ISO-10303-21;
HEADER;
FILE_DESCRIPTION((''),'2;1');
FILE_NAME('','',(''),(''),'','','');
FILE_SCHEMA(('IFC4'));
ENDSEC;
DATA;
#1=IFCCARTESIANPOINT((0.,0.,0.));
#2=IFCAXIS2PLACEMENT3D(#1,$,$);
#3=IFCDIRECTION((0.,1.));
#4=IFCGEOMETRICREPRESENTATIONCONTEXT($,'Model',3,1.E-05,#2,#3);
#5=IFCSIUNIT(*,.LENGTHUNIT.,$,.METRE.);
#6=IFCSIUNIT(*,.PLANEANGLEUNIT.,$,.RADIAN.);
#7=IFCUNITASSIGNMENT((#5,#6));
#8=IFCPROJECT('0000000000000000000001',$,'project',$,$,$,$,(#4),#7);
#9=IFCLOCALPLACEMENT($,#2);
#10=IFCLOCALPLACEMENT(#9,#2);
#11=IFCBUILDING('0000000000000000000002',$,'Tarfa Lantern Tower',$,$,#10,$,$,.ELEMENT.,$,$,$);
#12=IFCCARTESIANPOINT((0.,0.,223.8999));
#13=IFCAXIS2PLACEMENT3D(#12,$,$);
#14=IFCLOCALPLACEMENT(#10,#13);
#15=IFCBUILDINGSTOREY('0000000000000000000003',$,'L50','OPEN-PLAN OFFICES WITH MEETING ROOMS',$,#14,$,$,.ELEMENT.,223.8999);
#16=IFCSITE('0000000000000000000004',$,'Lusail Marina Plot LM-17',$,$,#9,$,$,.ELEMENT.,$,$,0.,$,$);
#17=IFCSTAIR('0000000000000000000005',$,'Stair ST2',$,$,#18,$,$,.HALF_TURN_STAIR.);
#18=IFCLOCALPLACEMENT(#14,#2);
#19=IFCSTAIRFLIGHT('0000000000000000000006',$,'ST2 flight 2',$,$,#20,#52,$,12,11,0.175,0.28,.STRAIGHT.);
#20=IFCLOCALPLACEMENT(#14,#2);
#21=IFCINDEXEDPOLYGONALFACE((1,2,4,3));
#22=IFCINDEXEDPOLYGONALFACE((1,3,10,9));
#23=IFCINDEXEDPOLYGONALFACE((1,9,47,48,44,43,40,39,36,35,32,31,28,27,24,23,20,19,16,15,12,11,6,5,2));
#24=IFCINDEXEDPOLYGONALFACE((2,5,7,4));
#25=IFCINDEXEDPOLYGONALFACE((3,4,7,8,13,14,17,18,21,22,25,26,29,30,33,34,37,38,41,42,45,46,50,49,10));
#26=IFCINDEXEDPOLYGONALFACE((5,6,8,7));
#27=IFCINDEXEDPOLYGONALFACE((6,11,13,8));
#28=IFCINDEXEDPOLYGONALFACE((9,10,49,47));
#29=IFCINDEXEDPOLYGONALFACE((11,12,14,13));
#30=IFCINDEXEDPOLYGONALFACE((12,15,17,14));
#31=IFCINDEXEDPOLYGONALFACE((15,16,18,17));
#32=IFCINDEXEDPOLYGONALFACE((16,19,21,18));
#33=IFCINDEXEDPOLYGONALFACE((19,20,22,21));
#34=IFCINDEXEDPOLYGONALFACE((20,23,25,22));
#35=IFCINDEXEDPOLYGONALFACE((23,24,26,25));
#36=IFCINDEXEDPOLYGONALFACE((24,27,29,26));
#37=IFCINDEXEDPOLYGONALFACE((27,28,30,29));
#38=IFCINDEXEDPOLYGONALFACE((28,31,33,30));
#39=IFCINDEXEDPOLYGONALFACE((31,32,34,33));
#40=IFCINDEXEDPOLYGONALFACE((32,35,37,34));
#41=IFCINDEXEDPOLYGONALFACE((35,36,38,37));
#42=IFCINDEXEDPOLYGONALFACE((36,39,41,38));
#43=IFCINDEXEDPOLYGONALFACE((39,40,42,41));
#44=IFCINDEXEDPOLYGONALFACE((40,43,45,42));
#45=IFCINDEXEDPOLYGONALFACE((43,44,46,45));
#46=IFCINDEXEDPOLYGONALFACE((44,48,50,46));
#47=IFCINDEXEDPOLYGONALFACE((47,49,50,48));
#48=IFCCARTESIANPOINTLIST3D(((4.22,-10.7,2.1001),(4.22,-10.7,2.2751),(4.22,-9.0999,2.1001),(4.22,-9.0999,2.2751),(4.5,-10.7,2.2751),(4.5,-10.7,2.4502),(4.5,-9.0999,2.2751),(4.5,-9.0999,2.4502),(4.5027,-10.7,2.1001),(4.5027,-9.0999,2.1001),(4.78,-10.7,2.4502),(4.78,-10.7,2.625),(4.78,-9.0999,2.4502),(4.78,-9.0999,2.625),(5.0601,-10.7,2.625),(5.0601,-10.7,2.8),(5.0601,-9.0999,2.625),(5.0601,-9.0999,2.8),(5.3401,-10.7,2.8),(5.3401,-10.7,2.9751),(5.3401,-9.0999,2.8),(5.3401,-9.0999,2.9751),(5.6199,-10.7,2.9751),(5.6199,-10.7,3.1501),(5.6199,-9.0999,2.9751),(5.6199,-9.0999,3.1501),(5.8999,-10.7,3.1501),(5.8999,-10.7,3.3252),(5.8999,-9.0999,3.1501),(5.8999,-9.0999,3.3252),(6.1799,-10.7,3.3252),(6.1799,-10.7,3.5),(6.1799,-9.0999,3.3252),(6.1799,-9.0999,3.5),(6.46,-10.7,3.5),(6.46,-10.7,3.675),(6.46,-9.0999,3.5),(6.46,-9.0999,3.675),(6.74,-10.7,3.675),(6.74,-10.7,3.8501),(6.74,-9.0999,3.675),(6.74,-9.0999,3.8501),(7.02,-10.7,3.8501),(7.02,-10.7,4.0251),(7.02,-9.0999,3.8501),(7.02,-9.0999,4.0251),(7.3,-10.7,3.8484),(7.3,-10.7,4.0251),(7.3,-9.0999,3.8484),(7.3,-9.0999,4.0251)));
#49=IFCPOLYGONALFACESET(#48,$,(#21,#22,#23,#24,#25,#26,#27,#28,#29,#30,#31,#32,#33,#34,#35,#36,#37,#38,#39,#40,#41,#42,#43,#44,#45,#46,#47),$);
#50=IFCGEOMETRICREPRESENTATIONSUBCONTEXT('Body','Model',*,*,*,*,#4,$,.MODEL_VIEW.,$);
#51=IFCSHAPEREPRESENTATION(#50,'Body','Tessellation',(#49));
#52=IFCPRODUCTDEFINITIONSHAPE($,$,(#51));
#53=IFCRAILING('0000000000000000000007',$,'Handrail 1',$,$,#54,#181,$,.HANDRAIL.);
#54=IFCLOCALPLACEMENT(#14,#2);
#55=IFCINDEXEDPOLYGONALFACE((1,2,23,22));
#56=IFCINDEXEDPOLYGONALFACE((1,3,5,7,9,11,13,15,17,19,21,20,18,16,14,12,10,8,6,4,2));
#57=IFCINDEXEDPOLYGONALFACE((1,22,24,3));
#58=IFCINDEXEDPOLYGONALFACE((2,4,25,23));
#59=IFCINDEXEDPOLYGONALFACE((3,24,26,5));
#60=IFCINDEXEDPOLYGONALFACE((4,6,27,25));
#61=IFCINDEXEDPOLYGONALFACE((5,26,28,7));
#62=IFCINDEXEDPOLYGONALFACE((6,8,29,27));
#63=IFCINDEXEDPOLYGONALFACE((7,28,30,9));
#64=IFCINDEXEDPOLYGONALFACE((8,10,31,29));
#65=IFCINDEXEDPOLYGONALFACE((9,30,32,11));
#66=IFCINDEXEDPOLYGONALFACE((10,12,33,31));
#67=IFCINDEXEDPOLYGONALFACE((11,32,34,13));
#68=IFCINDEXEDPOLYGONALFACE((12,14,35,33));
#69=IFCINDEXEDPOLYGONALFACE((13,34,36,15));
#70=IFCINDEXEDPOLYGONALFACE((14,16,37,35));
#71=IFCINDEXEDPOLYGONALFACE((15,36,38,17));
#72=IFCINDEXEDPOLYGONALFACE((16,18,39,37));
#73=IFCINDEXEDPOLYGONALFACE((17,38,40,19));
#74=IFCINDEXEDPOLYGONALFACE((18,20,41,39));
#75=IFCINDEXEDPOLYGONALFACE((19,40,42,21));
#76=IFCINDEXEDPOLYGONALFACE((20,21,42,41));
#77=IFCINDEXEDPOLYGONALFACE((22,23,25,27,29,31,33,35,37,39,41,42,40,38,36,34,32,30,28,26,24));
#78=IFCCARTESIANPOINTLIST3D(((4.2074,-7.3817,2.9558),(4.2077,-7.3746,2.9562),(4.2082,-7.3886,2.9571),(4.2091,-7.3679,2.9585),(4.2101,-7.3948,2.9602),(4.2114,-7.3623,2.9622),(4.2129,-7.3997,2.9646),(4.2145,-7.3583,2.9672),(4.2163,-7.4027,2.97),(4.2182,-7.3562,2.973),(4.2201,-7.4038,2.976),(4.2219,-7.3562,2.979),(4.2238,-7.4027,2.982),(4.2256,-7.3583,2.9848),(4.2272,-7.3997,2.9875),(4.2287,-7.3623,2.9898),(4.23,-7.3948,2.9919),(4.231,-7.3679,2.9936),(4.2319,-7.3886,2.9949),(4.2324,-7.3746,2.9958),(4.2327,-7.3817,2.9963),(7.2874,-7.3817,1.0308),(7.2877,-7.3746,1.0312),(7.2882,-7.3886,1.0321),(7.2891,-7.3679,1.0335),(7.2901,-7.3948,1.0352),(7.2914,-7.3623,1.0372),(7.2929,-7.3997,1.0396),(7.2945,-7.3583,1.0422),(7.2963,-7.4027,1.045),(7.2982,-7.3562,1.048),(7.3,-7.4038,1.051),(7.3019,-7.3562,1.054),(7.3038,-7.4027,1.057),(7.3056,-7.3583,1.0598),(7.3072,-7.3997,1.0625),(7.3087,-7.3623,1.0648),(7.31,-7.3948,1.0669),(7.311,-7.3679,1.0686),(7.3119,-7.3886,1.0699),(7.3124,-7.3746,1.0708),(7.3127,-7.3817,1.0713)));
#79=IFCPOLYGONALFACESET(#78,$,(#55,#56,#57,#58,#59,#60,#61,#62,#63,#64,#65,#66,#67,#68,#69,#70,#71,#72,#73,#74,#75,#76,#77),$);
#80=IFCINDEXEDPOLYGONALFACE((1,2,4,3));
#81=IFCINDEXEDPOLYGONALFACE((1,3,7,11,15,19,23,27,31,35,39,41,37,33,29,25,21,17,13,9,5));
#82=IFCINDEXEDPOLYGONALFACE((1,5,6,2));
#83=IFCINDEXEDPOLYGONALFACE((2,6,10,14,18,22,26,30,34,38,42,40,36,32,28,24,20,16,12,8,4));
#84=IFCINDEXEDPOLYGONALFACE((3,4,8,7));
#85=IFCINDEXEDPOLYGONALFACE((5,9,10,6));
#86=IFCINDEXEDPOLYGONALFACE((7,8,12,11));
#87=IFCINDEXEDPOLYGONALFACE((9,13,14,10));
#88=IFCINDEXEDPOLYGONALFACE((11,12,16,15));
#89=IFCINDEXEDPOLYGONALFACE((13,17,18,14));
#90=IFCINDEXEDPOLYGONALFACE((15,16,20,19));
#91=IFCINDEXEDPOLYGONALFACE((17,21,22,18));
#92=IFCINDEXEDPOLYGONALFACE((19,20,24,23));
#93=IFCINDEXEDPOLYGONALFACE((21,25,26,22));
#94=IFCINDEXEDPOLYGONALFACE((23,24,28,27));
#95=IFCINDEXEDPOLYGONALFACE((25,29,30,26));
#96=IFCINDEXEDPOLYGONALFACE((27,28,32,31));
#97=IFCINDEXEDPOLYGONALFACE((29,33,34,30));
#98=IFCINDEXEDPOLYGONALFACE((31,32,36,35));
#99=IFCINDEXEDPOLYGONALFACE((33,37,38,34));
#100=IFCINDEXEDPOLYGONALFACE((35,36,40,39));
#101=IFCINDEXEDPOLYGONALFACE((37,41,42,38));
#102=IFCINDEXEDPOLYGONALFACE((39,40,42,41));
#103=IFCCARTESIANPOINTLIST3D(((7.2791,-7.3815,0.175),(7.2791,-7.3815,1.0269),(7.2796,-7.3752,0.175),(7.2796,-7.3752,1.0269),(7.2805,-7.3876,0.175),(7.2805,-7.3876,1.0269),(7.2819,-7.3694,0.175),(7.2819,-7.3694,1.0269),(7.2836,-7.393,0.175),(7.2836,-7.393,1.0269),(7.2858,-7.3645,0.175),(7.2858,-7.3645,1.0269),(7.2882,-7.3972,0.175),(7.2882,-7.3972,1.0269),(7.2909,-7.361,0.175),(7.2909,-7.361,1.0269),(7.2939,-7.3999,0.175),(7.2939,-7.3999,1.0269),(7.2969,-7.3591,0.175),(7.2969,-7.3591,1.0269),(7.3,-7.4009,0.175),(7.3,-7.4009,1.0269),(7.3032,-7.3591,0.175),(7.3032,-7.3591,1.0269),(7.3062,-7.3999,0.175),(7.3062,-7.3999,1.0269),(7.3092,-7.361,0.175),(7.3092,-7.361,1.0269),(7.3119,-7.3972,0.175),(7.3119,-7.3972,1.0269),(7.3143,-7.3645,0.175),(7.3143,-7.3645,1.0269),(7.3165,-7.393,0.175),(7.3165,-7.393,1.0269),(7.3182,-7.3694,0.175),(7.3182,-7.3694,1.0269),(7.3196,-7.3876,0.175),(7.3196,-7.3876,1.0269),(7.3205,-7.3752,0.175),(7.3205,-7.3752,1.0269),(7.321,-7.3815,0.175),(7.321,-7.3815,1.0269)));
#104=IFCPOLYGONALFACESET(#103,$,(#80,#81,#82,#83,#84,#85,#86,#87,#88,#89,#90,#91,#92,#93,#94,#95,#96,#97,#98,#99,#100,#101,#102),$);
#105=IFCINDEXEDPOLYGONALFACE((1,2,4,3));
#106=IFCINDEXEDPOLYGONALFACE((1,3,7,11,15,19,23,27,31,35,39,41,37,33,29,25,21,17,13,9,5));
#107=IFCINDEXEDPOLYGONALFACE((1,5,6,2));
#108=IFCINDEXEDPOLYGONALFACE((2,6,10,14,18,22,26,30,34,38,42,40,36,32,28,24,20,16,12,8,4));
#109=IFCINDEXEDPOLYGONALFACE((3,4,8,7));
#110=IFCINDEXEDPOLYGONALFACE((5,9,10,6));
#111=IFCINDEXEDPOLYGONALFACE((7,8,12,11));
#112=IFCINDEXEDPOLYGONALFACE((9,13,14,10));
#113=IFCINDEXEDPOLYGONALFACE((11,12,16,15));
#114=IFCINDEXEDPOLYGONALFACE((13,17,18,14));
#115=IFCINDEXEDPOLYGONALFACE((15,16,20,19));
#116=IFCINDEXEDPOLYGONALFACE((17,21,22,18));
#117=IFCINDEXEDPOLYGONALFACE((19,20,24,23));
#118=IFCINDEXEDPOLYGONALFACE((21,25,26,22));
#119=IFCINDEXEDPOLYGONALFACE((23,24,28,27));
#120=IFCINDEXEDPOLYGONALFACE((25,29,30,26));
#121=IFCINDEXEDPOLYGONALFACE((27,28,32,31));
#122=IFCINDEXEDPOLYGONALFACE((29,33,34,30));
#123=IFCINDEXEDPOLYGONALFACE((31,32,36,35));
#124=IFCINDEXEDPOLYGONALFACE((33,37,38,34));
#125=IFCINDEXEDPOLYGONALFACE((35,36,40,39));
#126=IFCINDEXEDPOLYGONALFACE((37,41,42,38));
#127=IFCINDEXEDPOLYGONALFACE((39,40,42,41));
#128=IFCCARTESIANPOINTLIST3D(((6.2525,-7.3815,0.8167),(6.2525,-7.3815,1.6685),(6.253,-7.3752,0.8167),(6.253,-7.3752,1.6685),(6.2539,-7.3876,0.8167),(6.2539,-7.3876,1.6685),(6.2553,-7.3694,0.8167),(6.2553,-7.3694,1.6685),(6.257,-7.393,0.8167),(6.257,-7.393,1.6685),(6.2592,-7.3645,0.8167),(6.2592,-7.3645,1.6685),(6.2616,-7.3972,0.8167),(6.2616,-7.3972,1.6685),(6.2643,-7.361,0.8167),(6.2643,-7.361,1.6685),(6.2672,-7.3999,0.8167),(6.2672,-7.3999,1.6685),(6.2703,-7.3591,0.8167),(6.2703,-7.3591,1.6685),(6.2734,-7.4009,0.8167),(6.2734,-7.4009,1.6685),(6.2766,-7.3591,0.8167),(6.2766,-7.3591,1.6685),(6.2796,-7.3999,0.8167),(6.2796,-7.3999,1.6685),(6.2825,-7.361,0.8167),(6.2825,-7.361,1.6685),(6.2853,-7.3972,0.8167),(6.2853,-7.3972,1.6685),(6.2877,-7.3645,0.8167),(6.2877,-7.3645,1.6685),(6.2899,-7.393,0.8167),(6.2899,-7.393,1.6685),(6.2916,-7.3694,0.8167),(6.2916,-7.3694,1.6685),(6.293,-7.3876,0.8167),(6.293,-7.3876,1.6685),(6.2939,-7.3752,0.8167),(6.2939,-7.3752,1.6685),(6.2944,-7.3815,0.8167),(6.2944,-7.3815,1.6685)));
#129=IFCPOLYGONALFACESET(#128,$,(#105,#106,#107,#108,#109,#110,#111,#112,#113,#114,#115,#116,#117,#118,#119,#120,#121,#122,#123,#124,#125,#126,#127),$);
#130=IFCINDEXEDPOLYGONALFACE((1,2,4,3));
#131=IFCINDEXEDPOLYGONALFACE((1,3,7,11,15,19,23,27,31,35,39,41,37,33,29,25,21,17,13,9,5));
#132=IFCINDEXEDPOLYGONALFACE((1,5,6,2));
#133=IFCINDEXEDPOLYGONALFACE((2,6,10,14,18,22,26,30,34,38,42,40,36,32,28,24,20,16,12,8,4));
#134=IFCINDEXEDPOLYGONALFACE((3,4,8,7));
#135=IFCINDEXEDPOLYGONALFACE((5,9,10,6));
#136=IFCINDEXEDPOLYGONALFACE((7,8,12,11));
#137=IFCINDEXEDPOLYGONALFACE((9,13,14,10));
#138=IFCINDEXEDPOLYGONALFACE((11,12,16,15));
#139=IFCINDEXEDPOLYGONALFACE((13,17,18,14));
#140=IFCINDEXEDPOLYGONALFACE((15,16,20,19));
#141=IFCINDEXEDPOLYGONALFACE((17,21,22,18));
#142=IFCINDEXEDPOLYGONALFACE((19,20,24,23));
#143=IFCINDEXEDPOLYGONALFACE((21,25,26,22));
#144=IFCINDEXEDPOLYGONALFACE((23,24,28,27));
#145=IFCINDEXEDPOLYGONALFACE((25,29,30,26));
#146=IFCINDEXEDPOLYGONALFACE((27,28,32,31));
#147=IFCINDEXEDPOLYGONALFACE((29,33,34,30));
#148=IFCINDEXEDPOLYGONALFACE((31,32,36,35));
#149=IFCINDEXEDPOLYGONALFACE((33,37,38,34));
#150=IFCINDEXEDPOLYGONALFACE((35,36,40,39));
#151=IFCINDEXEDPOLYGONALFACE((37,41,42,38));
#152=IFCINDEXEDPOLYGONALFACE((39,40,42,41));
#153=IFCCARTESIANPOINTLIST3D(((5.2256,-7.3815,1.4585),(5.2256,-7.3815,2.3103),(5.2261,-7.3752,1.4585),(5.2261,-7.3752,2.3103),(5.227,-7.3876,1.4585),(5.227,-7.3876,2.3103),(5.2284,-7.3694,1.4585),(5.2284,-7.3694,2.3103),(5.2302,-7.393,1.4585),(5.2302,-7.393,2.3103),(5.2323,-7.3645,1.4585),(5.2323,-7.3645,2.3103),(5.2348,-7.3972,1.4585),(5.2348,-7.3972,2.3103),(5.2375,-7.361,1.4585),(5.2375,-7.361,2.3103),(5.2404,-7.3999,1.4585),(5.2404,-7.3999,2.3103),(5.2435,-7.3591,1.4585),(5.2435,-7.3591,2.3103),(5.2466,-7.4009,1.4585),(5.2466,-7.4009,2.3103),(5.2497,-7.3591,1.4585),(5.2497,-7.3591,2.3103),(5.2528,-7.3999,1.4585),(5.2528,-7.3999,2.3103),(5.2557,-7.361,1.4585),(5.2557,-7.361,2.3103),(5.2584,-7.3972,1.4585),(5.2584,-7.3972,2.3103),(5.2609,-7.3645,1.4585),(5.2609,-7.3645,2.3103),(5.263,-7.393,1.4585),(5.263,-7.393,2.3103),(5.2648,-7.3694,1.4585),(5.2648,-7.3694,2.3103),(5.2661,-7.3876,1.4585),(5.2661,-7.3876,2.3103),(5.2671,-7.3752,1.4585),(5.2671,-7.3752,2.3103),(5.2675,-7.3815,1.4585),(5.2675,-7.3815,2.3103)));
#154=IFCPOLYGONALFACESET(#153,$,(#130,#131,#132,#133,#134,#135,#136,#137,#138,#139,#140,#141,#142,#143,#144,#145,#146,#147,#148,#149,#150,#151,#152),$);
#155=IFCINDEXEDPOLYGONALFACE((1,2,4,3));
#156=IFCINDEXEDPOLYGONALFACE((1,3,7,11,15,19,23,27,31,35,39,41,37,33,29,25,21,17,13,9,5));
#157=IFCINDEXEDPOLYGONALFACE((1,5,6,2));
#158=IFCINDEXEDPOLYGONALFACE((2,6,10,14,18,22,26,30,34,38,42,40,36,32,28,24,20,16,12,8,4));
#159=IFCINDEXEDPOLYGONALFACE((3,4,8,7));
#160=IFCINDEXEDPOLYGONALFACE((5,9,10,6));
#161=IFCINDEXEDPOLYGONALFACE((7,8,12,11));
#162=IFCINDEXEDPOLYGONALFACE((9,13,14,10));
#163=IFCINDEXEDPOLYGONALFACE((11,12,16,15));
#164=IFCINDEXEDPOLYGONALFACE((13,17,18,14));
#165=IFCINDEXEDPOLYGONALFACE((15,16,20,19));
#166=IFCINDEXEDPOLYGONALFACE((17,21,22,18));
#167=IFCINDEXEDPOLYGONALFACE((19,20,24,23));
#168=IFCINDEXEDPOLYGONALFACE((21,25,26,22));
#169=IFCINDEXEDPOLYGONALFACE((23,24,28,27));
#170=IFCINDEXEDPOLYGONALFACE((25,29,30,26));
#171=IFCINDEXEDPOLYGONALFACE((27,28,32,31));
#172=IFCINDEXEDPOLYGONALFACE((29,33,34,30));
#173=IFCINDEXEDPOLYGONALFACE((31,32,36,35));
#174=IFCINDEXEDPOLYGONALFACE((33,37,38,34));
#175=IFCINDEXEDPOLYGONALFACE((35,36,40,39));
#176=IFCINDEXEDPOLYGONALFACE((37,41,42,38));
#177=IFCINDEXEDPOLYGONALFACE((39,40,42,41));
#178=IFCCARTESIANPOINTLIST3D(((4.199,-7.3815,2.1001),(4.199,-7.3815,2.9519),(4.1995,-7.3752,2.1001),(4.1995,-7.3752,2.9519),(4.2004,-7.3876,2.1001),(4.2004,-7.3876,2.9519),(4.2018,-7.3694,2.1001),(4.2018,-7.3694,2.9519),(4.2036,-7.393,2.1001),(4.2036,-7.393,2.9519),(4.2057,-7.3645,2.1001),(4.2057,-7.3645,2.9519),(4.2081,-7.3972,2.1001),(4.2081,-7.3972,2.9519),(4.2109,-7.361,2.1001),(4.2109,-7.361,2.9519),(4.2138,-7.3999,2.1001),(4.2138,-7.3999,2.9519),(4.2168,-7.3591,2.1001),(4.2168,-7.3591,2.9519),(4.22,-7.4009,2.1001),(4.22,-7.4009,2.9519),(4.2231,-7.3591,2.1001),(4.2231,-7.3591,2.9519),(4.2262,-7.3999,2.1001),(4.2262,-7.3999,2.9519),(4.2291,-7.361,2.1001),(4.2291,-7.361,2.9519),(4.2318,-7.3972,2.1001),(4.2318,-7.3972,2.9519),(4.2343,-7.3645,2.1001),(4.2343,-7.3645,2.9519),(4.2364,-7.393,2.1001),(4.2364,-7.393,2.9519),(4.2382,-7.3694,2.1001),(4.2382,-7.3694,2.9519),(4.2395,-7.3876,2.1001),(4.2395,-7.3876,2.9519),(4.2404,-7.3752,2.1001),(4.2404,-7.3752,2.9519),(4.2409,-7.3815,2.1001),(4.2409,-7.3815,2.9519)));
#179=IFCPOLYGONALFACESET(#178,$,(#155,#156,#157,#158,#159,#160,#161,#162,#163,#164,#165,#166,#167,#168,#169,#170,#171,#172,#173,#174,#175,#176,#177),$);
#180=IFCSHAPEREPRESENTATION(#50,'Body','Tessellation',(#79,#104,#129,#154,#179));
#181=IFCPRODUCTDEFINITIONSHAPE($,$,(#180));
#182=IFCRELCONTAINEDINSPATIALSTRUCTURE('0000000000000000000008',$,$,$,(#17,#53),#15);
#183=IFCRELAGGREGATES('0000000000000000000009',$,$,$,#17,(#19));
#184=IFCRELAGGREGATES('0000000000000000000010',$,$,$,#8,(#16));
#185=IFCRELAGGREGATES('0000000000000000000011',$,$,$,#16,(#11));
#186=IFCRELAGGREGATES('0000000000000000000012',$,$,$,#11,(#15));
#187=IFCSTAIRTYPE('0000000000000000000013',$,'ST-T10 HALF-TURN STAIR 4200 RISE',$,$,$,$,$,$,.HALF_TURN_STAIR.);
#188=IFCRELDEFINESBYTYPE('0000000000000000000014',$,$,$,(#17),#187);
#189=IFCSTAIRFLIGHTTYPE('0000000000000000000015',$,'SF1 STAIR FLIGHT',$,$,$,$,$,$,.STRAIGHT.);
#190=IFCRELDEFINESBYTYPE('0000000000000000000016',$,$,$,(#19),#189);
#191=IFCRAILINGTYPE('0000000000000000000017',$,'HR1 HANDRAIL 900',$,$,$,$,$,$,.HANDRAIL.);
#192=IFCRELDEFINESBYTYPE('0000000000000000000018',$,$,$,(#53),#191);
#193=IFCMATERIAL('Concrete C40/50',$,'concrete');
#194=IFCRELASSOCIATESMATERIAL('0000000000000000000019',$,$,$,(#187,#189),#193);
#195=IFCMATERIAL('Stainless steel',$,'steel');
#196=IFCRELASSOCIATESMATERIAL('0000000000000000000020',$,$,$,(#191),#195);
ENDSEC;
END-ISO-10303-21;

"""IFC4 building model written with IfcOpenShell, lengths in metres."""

from ifc_helpers import new_model, si_unit, direction, frame, origin, origin_2d, place, context, subcontext, project, spatial, polyline, circle, outline, extrude, material, type_object, element, aggregate, save


model = new_model("IFC4")

# Units and contexts
model_context = context("Model", 3, precision=1e-05, world=origin(), true_north=direction((0.0, 1.0)))
body_context = subcontext(model_context, "Body", "Model", "MODEL_VIEW")
ifc_project = project(units=[si_unit("LENGTHUNIT", "METRE"), si_unit("PLANEANGLEUNIT", "RADIAN")], contexts=[model_context])

# Site, building, storey
site_placement = place(None, origin())
site = spatial("IfcSite", under=ifc_project, at=site_placement, Name="Lusail Marina Plot LM-17", CompositionType="ELEMENT", RefElevation=0.0)
building_placement = place(site_placement, origin())
building = spatial("IfcBuilding", under=site, at=building_placement, Name="Tarfa Lantern Tower", CompositionType="ELEMENT")
storey_placement = place(building_placement, frame((0.0, 0.0, 223.8999)))
storey = spatial("IfcBuildingStorey", under=building, at=storey_placement, Name="L50", Description="OPEN-PLAN OFFICES WITH MEETING ROOMS", CompositionType="ELEMENT", Elevation=223.8999)

# Stair, stair flight
ifc_material_1 = material(Name="Concrete C40/50", Category="concrete")
stair_type = type_object("IfcStairType", Name="ST-T10 HALF-TURN STAIR 4200 RISE", PredefinedType="HALF_TURN_STAIR", material=ifc_material_1)
stair_placement = place(storey_placement, origin())
stair = element("IfcStair", 1, at=stair_placement, inside=storey, type_object=stair_type, Name="Stair ST2", PredefinedType="HALF_TURN_STAIR")
stair_flight_type = type_object("IfcStairFlightType", Name="SF1 STAIR FLIGHT", PredefinedType="STRAIGHT", material=ifc_material_1)
stair_flight_1_placement = place(storey_placement, frame((4.22, -9.8999, 2.1001), z_axis=(0.0, 0.0, 1.0), x_axis=(1.0, 0.0, 0.0)))
stair_flight_1 = element("IfcStairFlight", 2, at=stair_flight_1_placement, type_object=stair_flight_type, Name="ST2 flight 2", NumberOfRisers=12, NumberOfTreads=11, PredefinedType="STRAIGHT", RiserHeight=0.175, TreadLength=0.28, context=body_context, shape_type="SweptSolid", body=[
    extrude(outline(polyline([(0.0, 0.0), (0.0, 0.175), (0.28, 0.175), (0.28, 0.3501), (0.5601, 0.3501), (0.5601, 0.5249), (0.8401, 0.5249), (0.8401, 0.7), (1.1201, 0.7), (1.1201, 0.875), (1.3999, 0.875), (1.3999, 1.05), (1.6799, 1.05), (1.6799, 1.2251), (1.96, 1.2251), (1.96, 1.3999), (2.24, 1.3999), (2.24, 1.575), (2.52, 1.575), (2.52, 1.75), (2.8, 1.75), (2.8, 1.925), (3.0801, 1.925), (3.0801, 2.1001), (3.0801, 1.7483), (0.2827, 0.0), (0.0, 0.0)])), frame((0.0, 0.8, 0.0), z_axis=(0.0, -1.0, 0.0), x_axis=(1.0, 0.0, 0.0)), (0.0, 0.0, 1.0), 1.6001),
])
aggregate(stair, [stair_flight_1])

# Railing
ifc_material_2 = material(Name="Stainless steel", Category="steel")
railing_type = type_object("IfcRailingType", Name="HR1 HANDRAIL 900", PredefinedType="HANDRAIL", material=ifc_material_2)
railing_1_placement = place(storey_placement, frame((7.3, -7.3799, 0.175)))
element("IfcRailing", 3, at=railing_1_placement, inside=storey, type_object=railing_type, Name="Handrail 1", PredefinedType="HANDRAIL", context=body_context, shape_type="SweptSolid", body=[
    extrude(circle(Radius=0.0239, at=origin_2d()), frame((0.0, 0.0, 0.876), z_axis=(-0.847998, 0.0, 0.529999), x_axis=(0.0, -1.0, 0.0)), (0.0, 0.0, 1.0), 3.6321),
    extrude(circle(Radius=0.021, at=origin_2d()), frame((0.0, 0.0, 0.0), z_axis=(0.0, 0.0, 1.0), x_axis=(0.0, -1.0, 0.0)), (0.0, 0.0, 1.0), 0.8518),
    extrude(circle(Radius=0.021, at=origin_2d()), frame((-1.0266, 0.0, 0.6416), z_axis=(0.0, 0.0, 1.0), x_axis=(0.0, -1.0, 0.0)), (0.0, 0.0, 1.0), 0.8518),
    extrude(circle(Radius=0.021, at=origin_2d()), frame((-2.0535, 0.0, 1.2834), z_axis=(0.0, 0.0, 1.0), x_axis=(0.0, -1.0, 0.0)), (0.0, 0.0, 1.0), 0.8518),
    extrude(circle(Radius=0.021, at=origin_2d()), frame((-3.0801, 0.0, 1.925), z_axis=(0.0, 0.0, 1.0), x_axis=(0.0, -1.0, 0.0)), (0.0, 0.0, 1.0), 0.8518),
])

save(model, "model.ifc")
